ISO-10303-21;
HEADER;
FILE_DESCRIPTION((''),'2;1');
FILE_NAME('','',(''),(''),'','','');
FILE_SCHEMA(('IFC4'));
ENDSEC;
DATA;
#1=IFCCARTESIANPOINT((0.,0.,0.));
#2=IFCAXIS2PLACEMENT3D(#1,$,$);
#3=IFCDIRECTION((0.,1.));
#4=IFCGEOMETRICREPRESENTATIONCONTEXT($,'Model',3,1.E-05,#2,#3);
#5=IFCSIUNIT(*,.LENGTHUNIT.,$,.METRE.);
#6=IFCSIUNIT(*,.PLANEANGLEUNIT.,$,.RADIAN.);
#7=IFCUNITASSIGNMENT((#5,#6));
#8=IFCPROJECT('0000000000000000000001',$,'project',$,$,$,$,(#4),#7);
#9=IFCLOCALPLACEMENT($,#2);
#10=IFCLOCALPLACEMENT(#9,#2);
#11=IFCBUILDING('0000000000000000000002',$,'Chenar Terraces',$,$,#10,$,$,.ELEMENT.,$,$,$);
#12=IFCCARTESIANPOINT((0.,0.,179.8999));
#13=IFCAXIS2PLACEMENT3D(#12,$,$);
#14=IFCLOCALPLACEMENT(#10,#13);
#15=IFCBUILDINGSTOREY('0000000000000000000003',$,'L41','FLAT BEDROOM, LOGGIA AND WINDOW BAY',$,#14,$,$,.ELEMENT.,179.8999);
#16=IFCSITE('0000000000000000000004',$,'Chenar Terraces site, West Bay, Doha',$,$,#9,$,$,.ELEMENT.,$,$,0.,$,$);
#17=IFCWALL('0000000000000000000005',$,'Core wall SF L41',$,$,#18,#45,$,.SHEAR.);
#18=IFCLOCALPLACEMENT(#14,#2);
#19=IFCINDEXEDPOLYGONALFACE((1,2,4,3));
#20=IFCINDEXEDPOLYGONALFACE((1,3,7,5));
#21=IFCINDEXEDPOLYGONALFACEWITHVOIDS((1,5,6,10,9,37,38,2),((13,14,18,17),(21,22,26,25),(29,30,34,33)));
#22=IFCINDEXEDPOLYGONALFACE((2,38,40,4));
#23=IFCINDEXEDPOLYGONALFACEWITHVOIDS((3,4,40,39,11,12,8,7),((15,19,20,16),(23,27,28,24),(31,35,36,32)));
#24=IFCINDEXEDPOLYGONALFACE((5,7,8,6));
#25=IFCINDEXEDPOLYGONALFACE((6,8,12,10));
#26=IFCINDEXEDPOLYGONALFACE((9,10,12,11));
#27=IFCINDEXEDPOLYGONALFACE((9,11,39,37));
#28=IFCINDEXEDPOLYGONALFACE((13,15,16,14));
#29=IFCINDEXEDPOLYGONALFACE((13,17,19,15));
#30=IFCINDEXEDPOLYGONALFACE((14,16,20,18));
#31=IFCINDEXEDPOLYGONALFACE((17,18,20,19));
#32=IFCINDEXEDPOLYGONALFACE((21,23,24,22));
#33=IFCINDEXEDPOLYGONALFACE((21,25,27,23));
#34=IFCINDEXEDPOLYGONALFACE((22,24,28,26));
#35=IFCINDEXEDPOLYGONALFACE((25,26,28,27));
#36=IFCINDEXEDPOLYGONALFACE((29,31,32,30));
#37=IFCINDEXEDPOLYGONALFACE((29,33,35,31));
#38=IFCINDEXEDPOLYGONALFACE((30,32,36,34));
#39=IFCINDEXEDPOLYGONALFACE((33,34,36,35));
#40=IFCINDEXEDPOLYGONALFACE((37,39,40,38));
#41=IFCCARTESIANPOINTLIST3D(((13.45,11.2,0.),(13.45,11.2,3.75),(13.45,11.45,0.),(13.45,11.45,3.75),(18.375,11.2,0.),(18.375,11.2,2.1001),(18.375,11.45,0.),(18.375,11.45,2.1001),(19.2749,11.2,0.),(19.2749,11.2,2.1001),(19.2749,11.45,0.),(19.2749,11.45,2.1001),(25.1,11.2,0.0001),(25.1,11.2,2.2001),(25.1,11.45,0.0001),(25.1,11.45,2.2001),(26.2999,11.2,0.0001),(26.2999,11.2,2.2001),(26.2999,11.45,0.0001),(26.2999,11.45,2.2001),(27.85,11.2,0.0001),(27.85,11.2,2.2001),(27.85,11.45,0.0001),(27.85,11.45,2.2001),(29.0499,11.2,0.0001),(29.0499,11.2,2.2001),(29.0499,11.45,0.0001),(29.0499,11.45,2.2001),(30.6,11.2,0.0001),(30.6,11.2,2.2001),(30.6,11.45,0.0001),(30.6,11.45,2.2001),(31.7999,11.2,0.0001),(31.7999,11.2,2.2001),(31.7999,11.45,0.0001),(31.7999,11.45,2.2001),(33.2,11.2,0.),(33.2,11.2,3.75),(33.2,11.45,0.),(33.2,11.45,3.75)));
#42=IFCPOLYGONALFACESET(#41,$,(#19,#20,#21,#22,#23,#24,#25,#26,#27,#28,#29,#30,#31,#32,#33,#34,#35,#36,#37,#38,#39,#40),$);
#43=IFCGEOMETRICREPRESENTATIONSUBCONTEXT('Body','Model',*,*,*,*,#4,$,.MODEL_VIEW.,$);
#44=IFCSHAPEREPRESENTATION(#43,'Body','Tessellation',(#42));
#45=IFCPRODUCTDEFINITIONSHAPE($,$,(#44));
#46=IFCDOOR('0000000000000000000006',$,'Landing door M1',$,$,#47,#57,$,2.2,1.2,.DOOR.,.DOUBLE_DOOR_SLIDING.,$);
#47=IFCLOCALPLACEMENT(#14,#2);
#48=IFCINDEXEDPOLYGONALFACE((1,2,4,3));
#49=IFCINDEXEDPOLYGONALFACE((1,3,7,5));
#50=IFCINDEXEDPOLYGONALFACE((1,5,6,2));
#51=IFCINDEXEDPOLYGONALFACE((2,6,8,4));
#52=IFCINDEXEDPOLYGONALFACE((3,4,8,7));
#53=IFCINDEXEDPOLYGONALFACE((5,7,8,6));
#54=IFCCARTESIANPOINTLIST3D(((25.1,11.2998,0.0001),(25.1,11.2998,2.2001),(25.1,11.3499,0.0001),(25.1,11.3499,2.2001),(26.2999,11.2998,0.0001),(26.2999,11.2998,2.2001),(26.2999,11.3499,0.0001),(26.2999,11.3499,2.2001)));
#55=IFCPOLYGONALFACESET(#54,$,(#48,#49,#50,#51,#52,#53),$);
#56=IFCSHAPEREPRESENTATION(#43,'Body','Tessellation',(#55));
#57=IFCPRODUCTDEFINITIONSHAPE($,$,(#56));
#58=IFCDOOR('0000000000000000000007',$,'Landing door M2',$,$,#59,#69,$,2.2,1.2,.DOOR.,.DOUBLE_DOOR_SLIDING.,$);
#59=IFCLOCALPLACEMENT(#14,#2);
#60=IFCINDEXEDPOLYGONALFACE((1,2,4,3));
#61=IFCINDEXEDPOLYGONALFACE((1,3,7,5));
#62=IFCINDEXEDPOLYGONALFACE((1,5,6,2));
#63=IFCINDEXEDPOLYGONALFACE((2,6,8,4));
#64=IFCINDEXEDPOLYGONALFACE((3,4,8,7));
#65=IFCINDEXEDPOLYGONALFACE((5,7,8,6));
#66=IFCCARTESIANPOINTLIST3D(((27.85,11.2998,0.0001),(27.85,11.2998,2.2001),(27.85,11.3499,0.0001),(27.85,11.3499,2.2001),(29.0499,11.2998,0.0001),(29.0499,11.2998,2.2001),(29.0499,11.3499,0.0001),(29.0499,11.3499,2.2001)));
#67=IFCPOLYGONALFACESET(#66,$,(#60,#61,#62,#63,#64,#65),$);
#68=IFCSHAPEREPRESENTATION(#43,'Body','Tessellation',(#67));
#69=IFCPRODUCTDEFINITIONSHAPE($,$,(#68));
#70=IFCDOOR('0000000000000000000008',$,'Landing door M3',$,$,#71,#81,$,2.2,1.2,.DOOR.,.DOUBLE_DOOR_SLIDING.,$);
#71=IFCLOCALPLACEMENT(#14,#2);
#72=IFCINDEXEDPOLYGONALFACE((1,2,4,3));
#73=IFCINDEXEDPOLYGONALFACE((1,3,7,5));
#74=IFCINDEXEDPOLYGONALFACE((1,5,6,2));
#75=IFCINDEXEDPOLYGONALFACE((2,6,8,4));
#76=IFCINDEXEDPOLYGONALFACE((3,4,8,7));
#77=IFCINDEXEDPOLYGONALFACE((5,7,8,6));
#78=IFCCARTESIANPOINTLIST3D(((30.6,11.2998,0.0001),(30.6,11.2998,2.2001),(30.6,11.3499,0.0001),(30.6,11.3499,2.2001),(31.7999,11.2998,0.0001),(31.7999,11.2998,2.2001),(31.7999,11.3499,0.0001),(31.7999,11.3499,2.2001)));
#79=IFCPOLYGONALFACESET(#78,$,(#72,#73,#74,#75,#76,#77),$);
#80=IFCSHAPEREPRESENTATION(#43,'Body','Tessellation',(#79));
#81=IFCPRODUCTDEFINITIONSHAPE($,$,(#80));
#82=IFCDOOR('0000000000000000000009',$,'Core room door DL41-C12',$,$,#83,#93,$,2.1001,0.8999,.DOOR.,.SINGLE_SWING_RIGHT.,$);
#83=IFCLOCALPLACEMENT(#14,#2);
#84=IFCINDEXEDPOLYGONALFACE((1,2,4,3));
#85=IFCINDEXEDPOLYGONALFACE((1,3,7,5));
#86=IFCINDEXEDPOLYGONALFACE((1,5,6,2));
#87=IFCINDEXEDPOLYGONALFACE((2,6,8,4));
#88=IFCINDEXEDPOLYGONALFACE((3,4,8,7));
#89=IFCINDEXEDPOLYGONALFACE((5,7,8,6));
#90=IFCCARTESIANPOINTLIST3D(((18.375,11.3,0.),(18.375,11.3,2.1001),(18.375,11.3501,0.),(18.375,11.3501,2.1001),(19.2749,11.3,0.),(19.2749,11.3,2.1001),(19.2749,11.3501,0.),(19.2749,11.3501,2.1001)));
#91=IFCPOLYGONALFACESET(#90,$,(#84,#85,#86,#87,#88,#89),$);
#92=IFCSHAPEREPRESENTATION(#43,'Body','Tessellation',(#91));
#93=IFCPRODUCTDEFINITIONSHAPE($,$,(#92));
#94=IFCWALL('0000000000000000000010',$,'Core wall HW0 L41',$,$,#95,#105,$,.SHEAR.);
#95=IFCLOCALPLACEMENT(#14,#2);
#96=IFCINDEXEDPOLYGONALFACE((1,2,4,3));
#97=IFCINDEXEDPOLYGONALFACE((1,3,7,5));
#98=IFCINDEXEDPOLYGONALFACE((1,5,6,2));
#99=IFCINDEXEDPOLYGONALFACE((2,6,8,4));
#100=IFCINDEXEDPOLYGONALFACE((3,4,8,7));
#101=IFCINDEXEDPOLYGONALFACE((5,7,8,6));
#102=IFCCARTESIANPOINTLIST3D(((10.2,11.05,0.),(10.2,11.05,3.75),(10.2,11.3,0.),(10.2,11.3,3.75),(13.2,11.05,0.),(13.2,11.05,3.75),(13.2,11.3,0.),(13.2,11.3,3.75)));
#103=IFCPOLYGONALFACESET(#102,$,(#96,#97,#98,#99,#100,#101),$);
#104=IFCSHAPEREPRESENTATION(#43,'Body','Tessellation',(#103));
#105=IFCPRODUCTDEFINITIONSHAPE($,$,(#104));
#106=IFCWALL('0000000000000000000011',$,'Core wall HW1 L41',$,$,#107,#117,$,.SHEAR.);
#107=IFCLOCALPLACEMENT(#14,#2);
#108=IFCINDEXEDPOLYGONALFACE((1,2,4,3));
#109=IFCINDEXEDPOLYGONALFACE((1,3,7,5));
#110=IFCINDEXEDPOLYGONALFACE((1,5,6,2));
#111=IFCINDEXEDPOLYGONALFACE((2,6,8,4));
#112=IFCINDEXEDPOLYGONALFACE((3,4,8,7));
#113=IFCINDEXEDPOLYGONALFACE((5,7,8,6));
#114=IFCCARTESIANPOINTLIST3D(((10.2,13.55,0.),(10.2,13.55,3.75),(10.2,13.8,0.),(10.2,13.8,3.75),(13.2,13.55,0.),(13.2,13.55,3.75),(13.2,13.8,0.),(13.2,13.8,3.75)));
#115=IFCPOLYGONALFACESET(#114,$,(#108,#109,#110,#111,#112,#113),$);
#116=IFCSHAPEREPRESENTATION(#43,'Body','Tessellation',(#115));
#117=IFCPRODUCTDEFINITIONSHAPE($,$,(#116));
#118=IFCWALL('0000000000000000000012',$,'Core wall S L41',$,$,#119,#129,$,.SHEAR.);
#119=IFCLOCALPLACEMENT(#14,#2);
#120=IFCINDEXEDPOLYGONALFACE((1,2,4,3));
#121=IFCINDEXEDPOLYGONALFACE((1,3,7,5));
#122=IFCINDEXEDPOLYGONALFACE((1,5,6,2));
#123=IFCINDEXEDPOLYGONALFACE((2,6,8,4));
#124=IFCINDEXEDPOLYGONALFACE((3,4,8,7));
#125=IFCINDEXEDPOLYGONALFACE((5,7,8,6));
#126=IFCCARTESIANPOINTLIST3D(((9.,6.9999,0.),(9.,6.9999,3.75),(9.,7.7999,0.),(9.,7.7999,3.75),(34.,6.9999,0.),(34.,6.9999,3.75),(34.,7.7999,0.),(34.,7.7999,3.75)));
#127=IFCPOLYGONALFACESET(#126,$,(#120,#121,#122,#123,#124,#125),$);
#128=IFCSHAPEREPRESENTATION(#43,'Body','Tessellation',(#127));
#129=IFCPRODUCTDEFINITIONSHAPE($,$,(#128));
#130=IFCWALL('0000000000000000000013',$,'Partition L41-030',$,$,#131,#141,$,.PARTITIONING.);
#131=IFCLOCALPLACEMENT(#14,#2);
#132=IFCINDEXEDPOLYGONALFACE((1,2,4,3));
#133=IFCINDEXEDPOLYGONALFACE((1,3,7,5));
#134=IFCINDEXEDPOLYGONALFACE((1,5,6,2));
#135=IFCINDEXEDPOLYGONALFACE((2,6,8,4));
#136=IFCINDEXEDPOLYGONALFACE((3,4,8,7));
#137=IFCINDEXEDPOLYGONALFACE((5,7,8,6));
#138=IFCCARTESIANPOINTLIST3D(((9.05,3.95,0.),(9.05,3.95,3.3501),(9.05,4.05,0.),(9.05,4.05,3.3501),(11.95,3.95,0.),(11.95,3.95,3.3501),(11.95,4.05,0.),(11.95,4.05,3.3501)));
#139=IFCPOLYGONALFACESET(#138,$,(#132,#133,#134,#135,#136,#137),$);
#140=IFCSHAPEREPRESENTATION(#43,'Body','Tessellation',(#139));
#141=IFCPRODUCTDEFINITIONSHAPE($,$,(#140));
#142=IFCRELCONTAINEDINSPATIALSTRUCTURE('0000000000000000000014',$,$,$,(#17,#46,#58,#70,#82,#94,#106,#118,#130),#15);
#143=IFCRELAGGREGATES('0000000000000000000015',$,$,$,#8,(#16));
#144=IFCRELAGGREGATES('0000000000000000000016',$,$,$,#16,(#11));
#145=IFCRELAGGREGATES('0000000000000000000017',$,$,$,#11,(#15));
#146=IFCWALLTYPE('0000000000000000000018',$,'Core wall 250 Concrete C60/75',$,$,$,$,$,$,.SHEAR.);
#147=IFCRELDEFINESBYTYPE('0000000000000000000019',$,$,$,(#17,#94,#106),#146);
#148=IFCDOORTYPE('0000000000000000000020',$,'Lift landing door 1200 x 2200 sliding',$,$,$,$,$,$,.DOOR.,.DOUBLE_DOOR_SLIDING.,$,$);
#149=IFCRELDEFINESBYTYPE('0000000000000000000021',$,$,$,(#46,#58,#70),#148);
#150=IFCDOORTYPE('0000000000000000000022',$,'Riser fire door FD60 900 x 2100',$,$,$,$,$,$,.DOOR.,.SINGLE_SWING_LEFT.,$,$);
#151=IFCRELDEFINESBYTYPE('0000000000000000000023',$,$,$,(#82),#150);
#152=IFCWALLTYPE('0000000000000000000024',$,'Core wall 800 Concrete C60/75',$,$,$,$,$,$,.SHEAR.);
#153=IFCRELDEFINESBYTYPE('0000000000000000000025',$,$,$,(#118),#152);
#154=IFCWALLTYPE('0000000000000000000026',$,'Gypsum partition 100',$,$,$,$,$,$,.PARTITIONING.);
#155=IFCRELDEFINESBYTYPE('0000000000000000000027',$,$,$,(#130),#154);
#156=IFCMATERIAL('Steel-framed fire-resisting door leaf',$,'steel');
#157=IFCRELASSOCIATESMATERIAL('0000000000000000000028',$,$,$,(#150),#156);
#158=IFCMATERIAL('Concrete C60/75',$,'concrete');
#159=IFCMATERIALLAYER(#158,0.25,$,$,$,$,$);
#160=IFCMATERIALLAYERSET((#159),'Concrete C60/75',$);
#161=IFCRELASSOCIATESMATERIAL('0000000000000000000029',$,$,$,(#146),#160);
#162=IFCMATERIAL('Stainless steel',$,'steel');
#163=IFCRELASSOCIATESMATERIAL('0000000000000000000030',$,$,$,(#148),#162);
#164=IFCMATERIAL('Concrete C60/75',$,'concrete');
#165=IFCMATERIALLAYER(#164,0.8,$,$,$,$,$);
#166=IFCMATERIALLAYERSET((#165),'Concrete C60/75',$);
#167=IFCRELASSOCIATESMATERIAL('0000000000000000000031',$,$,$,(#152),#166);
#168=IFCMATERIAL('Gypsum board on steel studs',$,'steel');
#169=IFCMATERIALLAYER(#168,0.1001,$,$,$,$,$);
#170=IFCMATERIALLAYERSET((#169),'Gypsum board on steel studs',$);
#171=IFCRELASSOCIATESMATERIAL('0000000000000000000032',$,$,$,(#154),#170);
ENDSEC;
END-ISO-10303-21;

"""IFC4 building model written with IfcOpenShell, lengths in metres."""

from ifc_helpers import new_model, si_unit, direction, frame, frame_2d, origin, place, context, subcontext, project, spatial, rectangle, extrude, material, layer, layer_set, type_object, element, fill, save


model = new_model("IFC4")

# Units and contexts
model_context = context("Model", 3, precision=1e-05, world=origin(), true_north=direction((0.0, 1.0)))
body_context = subcontext(model_context, "Body", "Model", "MODEL_VIEW")
ifc_project = project(units=[si_unit("LENGTHUNIT", "METRE"), si_unit("PLANEANGLEUNIT", "RADIAN")], contexts=[model_context])

# Site, building, storey
site_placement = place(None, origin())
site = spatial("IfcSite", under=ifc_project, at=site_placement, Name="Chenar Terraces site, West Bay, Doha", CompositionType="ELEMENT", RefElevation=0.0)
building_placement = place(site_placement, origin())
building = spatial("IfcBuilding", under=site, at=building_placement, Name="Chenar Terraces", CompositionType="ELEMENT")
storey_placement = place(building_placement, frame((0.0, 0.0, 179.8999)))
storey = spatial("IfcBuildingStorey", under=building, at=storey_placement, Name="L41", Description="FLAT BEDROOM, LOGGIA AND WINDOW BAY", CompositionType="ELEMENT", Elevation=179.8999)

# Shared definitions
ifc_material_1 = material(Name="Steel-framed fire-resisting door leaf", Category="steel")
door_type_1 = type_object("IfcDoorType", Name="Riser fire door FD60 900 x 2100", OperationType="SINGLE_SWING_LEFT", PredefinedType="DOOR", material=ifc_material_1)

# Shared definitions
ifc_material_2 = material(Name="Concrete C60/75", Category="concrete")
ifc_layer_1 = layer(ifc_material_2, 0.25)
ifc_layer_set_1 = layer_set([ifc_layer_1], Name="Concrete C60/75")
wall_type_1 = type_object("IfcWallType", Name="Core wall 250 Concrete C60/75", PredefinedType="SHEAR", material=ifc_layer_set_1)

# Wall, openings, doors
wall_1_placement = place(storey_placement, frame((13.45, 11.325, 0.0), z_axis=(0.0, 0.0, 1.0), x_axis=(1.0, 0.0, 0.0)))
wall_1 = element("IfcWall", 1, at=wall_1_placement, inside=storey, type_object=wall_type_1, Name="Core wall SF L41", PredefinedType="SHEAR", context=body_context, shape_type="SweptSolid", body=[
    extrude(rectangle(XDim=19.75, YDim=0.25, at=frame_2d((9.875, 0.0))), origin(), (0.0, 0.0, 1.0), 3.75),
])
opening_1_placement = place(wall_1_placement, frame((11.6499, 0.0, 0.0)))
opening_1 = element("IfcOpeningElement", 2, at=opening_1_placement, cuts=wall_1, PredefinedType="OPENING", context=body_context, shape_type="SweptSolid", body=[
    extrude(rectangle(XDim=1.2, YDim=2.2, at=frame_2d((0.6001, 1.1001))), frame((0.0, 0.135, 0.0), z_axis=(0.0, -1.0, 0.0), x_axis=(1.0, 0.0, 0.0)), (0.0, 0.0, 1.0), 0.27),
])
opening_2_placement = place(wall_1_placement, frame((14.3999, 0.0, 0.0)))
opening_2 = element("IfcOpeningElement", 3, at=opening_2_placement, cuts=wall_1, PredefinedType="OPENING", context=body_context, shape_type="SweptSolid", body=[
    extrude(rectangle(XDim=1.2, YDim=2.2, at=frame_2d((0.6001, 1.1001))), frame((0.0, 0.135, 0.0), z_axis=(0.0, -1.0, 0.0), x_axis=(1.0, 0.0, 0.0)), (0.0, 0.0, 1.0), 0.27),
])
opening_3_placement = place(wall_1_placement, frame((17.1499, 0.0, 0.0)))
opening_3 = element("IfcOpeningElement", 4, at=opening_3_placement, cuts=wall_1, PredefinedType="OPENING", context=body_context, shape_type="SweptSolid", body=[
    extrude(rectangle(XDim=1.2, YDim=2.2, at=frame_2d((0.6001, 1.1001))), frame((0.0, 0.135, 0.0), z_axis=(0.0, -1.0, 0.0), x_axis=(1.0, 0.0, 0.0)), (0.0, 0.0, 1.0), 0.27),
])
opening_4_placement = place(wall_1_placement, frame((4.925, 0.0, 0.0)))
opening_4 = element("IfcOpeningElement", 5, at=opening_4_placement, cuts=wall_1, PredefinedType="OPENING", context=body_context, shape_type="SweptSolid", body=[
    extrude(rectangle(XDim=0.8999, YDim=2.1001, at=frame_2d((0.45, 1.05))), frame((0.0, 0.135, 0.0), z_axis=(0.0, -1.0, 0.0), x_axis=(1.0, 0.0, 0.0)), (0.0, 0.0, 1.0), 0.27),
])
ifc_material_3 = material(Name="Stainless steel", Category="steel")
door_type_2 = type_object("IfcDoorType", Name="Lift landing door 1200 x 2200 sliding", OperationType="DOUBLE_DOOR_SLIDING", PredefinedType="DOOR", material=ifc_material_3)
door_1_placement = place(opening_1_placement, origin())
door_1 = element("IfcDoor", 6, at=door_1_placement, inside=storey, type_object=door_type_2, Name="Landing door M1", OperationType="DOUBLE_DOOR_SLIDING", OverallHeight=2.2, OverallWidth=1.2, PredefinedType="DOOR", context=body_context, shape_type="SweptSolid", body=[
    extrude(rectangle(XDim=1.2, YDim=2.2, at=frame_2d((0.6001, 1.1001))), frame((0.0, 0.0249, 0.0), z_axis=(0.0, -1.0, 0.0), x_axis=(1.0, 0.0, 0.0)), (0.0, 0.0, 1.0), 0.05),
])
fill(opening_1, door_1)
door_2_placement = place(opening_2_placement, origin())
door_2 = element("IfcDoor", 7, at=door_2_placement, inside=storey, type_object=door_type_2, Name="Landing door M2", OperationType="DOUBLE_DOOR_SLIDING", OverallHeight=2.2, OverallWidth=1.2, PredefinedType="DOOR", context=body_context, shape_type="SweptSolid", body=[
    extrude(rectangle(XDim=1.2, YDim=2.2, at=frame_2d((0.6001, 1.1001))), frame((0.0, 0.0249, 0.0), z_axis=(0.0, -1.0, 0.0), x_axis=(1.0, 0.0, 0.0)), (0.0, 0.0, 1.0), 0.05),
])
fill(opening_2, door_2)
door_3_placement = place(opening_3_placement, origin())
door_3 = element("IfcDoor", 8, at=door_3_placement, inside=storey, type_object=door_type_2, Name="Landing door M3", OperationType="DOUBLE_DOOR_SLIDING", OverallHeight=2.2, OverallWidth=1.2, PredefinedType="DOOR", context=body_context, shape_type="SweptSolid", body=[
    extrude(rectangle(XDim=1.2, YDim=2.2, at=frame_2d((0.6001, 1.1001))), frame((0.0, 0.0249, 0.0), z_axis=(0.0, -1.0, 0.0), x_axis=(1.0, 0.0, 0.0)), (0.0, 0.0, 1.0), 0.05),
])
fill(opening_3, door_3)
door_4_placement = place(opening_4_placement, frame((0.8999, 0.0, 0.0), z_axis=(0.0, 0.0, 1.0), x_axis=(-1.0, 0.0, 0.0)))
door_4 = element("IfcDoor", 9, at=door_4_placement, inside=storey, type_object=door_type_1, Name="Core room door DL41-C12", OperationType="SINGLE_SWING_RIGHT", OverallHeight=2.1001, OverallWidth=0.8999, PredefinedType="DOOR", context=body_context, shape_type="SweptSolid", body=[
    extrude(rectangle(XDim=0.8999, YDim=2.1001, at=frame_2d((0.45, 1.05))), frame((0.0, 0.0249, 0.0), z_axis=(0.0, -1.0, 0.0), x_axis=(1.0, 0.0, 0.0)), (0.0, 0.0, 1.0), 0.05),
])
fill(opening_4, door_4)

# Walls
for number, where, z_axis, x_axis, name in (
    (10, (10.2, 11.175, 0.0), (0.0, 0.0, 1.0), (1.0, 0.0, 0.0), "Core wall HW0 L41"),
    (11, (10.2, 13.675, 0.0), (0.0, 0.0, 1.0), (1.0, 0.0, 0.0), "Core wall HW1 L41"),
):
    element("IfcWall", number, at=place(storey_placement, frame(where, z_axis=z_axis, x_axis=x_axis)), inside=storey, type_object=wall_type_1, Name=name, PredefinedType="SHEAR", context=body_context, shape_type="SweptSolid", body=[
        extrude(rectangle(XDim=3.0, YDim=0.25, at=frame_2d((1.5, 0.0))), origin(), (0.0, 0.0, 1.0), 3.75),
    ])
ifc_material_4 = material(Name="Concrete C60/75", Category="concrete")
ifc_layer_2 = layer(ifc_material_4, 0.8)
ifc_layer_set_2 = layer_set([ifc_layer_2], Name="Concrete C60/75")
wall_type_2 = type_object("IfcWallType", Name="Core wall 800 Concrete C60/75", PredefinedType="SHEAR", material=ifc_layer_set_2)
wall_2_placement = place(storey_placement, frame((9.0, 7.3999, 0.0), z_axis=(0.0, 0.0, 1.0), x_axis=(1.0, 0.0, 0.0)))
element("IfcWall", 12, at=wall_2_placement, inside=storey, type_object=wall_type_2, Name="Core wall S L41", PredefinedType="SHEAR", context=body_context, shape_type="SweptSolid", body=[
    extrude(rectangle(XDim=25.0, YDim=0.8, at=frame_2d((12.5, 0.0))), origin(), (0.0, 0.0, 1.0), 3.75),
])
ifc_material_5 = material(Name="Gypsum board on steel studs", Category="steel")
ifc_layer_3 = layer(ifc_material_5, 0.1001)
ifc_layer_set_3 = layer_set([ifc_layer_3], Name="Gypsum board on steel studs")
wall_type_3 = type_object("IfcWallType", Name="Gypsum partition 100", PredefinedType="PARTITIONING", material=ifc_layer_set_3)
wall_3_placement = place(storey_placement, frame((9.05, 4.0, 0.0), z_axis=(0.0, 0.0, 1.0), x_axis=(1.0, 0.0, 0.0)))
element("IfcWall", 13, at=wall_3_placement, inside=storey, type_object=wall_type_3, Name="Partition L41-030", PredefinedType="PARTITIONING", context=body_context, shape_type="SweptSolid", body=[
    extrude(rectangle(XDim=2.8999, YDim=0.1001, at=frame_2d((1.45, 0.0))), origin(), (0.0, 0.0, 1.0), 3.3501),
])

save(model, "model.ifc")
